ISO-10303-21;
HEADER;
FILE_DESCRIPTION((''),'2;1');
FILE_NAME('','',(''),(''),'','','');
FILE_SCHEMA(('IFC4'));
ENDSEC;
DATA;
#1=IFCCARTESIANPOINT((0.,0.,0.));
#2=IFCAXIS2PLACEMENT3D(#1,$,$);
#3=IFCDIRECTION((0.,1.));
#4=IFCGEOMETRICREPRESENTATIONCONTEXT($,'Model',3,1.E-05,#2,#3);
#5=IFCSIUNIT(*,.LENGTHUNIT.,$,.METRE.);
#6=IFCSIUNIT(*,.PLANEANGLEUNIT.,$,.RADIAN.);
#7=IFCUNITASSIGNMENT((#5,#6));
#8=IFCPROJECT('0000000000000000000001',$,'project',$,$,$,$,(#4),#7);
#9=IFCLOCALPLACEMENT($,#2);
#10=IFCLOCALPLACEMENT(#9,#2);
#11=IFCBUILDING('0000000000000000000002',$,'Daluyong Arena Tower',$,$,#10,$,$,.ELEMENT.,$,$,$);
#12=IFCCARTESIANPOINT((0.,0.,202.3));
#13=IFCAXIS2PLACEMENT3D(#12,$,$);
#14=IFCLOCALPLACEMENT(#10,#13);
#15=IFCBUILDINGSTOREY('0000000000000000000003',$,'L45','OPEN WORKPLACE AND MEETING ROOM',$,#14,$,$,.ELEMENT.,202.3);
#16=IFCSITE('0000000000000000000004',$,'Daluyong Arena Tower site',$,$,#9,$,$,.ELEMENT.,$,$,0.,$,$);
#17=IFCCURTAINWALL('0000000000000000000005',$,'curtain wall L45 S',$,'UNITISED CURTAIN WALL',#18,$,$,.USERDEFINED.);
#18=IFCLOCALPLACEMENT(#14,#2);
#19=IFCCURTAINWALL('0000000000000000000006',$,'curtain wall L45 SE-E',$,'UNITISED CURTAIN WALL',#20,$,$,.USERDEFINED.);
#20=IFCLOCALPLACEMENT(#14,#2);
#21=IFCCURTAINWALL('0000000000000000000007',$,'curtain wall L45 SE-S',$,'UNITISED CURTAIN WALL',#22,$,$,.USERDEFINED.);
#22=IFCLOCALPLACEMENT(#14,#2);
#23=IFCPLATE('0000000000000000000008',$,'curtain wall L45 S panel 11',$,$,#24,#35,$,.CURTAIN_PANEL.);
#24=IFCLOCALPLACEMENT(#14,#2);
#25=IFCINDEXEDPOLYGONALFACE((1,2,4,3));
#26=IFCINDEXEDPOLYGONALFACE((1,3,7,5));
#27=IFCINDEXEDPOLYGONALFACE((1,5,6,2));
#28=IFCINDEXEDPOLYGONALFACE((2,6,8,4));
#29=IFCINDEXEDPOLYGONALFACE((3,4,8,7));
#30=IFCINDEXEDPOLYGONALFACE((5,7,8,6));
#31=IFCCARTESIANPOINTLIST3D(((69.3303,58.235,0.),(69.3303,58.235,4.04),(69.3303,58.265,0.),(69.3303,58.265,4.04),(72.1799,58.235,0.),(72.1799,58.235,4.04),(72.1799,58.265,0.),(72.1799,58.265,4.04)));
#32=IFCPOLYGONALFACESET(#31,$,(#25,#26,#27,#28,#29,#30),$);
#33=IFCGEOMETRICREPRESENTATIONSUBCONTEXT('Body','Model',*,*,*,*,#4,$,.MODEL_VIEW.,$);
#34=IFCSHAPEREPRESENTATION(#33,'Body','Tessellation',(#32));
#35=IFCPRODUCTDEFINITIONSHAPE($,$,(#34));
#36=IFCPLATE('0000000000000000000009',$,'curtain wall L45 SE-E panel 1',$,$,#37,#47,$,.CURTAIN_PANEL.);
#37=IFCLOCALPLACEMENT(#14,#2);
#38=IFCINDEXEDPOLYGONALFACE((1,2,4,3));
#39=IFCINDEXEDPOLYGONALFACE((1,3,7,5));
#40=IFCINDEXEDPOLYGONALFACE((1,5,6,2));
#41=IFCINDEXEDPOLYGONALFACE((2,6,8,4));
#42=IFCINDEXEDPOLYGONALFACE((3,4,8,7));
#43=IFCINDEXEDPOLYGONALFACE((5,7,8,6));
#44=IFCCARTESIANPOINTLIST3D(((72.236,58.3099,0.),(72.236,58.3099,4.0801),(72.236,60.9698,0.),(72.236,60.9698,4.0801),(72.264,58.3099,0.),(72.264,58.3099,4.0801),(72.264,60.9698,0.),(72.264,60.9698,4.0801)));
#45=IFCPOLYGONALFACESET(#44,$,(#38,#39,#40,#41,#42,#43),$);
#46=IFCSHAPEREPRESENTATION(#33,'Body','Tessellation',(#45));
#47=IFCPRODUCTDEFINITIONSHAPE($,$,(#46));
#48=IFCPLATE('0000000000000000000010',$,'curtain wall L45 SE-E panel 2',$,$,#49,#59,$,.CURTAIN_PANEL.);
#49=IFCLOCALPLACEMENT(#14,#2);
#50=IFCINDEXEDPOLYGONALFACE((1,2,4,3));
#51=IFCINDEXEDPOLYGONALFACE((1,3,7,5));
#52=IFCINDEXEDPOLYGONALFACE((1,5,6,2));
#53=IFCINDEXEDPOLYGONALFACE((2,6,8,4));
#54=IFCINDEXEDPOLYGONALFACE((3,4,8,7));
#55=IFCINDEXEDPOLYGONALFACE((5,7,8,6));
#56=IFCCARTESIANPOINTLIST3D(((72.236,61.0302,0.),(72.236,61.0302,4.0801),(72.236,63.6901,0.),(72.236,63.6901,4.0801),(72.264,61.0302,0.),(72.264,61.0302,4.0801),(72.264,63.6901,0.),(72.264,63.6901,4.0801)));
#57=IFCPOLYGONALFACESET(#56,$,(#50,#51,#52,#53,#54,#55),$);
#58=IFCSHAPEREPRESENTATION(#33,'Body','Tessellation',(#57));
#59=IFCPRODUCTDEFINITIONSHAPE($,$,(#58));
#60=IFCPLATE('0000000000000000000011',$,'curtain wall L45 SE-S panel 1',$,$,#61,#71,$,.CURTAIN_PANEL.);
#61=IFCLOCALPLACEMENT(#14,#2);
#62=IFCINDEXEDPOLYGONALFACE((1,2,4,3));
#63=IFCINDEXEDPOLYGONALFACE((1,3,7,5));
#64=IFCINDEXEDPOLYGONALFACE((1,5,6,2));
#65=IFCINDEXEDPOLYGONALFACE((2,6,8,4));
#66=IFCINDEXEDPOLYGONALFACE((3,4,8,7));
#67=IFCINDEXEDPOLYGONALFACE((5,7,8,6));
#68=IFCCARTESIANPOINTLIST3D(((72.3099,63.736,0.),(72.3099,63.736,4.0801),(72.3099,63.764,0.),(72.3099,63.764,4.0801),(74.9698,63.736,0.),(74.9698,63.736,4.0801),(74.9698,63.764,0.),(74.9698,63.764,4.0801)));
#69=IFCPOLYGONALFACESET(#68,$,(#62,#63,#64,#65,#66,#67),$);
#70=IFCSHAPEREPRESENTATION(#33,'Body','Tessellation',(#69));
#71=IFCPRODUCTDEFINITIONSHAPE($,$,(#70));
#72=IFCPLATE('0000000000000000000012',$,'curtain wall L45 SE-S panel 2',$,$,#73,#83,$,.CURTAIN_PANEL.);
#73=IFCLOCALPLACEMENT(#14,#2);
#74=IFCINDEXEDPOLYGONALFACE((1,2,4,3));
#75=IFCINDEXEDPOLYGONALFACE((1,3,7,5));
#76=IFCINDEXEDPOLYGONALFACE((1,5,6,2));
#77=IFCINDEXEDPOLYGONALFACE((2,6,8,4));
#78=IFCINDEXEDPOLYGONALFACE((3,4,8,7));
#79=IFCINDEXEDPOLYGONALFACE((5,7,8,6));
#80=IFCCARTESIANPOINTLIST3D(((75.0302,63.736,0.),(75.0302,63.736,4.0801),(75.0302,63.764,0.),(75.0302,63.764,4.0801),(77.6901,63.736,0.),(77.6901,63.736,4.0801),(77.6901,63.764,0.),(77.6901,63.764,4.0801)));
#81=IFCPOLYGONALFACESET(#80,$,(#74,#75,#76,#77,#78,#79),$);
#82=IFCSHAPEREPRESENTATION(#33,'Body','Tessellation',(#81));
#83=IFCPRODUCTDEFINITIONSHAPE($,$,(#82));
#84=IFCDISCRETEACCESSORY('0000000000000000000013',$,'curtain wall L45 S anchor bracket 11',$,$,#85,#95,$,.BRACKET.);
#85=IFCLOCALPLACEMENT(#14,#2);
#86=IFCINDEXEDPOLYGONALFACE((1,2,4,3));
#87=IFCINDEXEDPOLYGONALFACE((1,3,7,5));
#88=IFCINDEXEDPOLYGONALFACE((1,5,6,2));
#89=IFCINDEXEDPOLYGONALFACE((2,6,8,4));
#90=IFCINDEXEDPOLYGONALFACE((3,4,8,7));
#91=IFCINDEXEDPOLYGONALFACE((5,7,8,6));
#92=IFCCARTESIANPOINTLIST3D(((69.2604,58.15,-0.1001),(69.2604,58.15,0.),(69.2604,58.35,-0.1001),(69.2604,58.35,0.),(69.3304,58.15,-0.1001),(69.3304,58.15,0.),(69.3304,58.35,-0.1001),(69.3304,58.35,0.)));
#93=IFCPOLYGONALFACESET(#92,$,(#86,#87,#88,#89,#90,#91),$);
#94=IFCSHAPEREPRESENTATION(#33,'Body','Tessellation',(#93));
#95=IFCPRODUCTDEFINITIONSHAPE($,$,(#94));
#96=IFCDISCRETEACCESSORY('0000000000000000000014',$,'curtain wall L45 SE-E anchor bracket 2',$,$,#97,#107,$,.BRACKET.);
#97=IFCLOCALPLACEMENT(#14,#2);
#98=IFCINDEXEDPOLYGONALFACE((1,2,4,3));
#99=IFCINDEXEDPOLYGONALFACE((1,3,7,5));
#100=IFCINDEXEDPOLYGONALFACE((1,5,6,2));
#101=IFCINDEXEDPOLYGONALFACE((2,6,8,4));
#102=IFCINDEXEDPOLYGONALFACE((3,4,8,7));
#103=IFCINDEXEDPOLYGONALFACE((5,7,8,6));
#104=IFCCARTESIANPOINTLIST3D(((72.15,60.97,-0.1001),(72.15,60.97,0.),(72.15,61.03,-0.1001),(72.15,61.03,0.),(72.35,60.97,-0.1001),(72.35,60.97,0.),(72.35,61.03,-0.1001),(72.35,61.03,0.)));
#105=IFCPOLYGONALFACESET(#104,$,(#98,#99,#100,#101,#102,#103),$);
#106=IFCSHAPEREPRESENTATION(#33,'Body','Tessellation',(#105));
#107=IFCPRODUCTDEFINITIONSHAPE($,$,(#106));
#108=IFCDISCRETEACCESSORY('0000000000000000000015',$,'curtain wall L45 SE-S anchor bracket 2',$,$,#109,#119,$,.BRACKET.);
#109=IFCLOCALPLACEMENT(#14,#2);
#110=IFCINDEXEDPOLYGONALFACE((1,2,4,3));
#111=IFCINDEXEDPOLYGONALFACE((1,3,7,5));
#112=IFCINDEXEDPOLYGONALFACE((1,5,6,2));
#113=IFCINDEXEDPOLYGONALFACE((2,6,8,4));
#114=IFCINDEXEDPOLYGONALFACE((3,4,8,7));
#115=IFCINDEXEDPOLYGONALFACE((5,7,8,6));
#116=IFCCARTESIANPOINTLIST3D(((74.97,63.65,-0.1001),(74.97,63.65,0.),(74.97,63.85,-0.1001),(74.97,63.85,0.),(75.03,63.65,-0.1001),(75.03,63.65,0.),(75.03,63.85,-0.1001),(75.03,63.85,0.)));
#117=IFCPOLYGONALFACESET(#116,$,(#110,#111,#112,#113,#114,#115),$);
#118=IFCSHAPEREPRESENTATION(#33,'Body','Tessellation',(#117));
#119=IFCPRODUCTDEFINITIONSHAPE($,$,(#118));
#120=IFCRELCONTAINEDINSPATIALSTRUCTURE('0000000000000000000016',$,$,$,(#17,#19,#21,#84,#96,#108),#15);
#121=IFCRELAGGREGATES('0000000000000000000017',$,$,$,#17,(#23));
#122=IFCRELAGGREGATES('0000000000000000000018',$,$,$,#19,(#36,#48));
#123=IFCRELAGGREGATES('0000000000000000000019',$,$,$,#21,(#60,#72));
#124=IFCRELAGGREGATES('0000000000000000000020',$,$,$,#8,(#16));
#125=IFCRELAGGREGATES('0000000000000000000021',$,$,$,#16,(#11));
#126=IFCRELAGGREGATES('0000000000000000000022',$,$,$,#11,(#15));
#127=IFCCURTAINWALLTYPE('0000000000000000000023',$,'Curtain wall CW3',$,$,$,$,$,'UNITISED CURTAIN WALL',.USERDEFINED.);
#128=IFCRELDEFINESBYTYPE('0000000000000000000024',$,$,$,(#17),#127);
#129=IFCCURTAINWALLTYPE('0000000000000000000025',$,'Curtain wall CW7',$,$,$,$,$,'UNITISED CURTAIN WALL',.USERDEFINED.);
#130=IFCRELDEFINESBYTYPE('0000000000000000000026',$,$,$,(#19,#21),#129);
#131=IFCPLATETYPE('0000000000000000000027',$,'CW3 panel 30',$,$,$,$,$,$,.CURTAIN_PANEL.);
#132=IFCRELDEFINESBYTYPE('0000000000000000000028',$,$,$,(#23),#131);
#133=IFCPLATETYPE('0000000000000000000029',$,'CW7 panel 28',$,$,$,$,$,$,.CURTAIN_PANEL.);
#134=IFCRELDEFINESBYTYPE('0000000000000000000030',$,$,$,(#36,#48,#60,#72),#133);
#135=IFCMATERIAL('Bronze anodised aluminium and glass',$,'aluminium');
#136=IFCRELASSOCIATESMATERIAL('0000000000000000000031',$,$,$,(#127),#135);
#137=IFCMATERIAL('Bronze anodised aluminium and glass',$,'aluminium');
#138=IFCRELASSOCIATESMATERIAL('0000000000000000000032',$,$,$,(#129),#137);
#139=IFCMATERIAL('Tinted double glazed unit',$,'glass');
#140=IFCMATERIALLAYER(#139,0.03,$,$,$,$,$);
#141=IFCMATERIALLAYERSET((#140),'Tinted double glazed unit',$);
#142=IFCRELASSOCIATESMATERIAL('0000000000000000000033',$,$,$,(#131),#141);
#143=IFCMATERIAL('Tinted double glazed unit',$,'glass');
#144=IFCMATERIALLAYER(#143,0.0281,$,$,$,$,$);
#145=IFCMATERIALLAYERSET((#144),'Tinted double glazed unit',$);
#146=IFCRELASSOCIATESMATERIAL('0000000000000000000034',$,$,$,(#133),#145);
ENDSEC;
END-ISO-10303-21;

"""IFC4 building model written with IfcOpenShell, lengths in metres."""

from ifc_helpers import new_model, si_unit, direction, frame, origin, origin_2d, place, context, subcontext, project, spatial, rectangle, extrude, material, layer, layer_set, type_object, element, aggregate, save


model = new_model("IFC4")

# Units and contexts
model_context = context("Model", 3, precision=1e-05, world=origin(), true_north=direction((0.0, 1.0)))
body_context = subcontext(model_context, "Body", "Model", "MODEL_VIEW")
ifc_project = project(units=[si_unit("LENGTHUNIT", "METRE"), si_unit("PLANEANGLEUNIT", "RADIAN")], contexts=[model_context])

# Site, building, storey
site_placement = place(None, origin())
site = spatial("IfcSite", under=ifc_project, at=site_placement, Name="Daluyong Arena Tower site", CompositionType="ELEMENT", RefElevation=0.0)
building_placement = place(site_placement, origin())
building = spatial("IfcBuilding", under=site, at=building_placement, Name="Daluyong Arena Tower", CompositionType="ELEMENT")
storey_placement = place(building_placement, frame((0.0, 0.0, 202.3)))
storey = spatial("IfcBuildingStorey", under=building, at=storey_placement, Name="L45", Description="OPEN WORKPLACE AND MEETING ROOM", CompositionType="ELEMENT", Elevation=202.3)

# Curtain wall
ifc_material_1 = material(Name="Bronze anodised aluminium and glass", Category="aluminium")
curtain_wall_type_1 = type_object("IfcCurtainWallType", Name="Curtain wall CW3", ElementType="UNITISED CURTAIN WALL", PredefinedType="USERDEFINED", material=ifc_material_1)
curtain_wall_1_placement = place(storey_placement, origin())
curtain_wall_1 = element("IfcCurtainWall", 1, at=curtain_wall_1_placement, inside=storey, type_object=curtain_wall_type_1, Name="curtain wall L45 S", ObjectType="UNITISED CURTAIN WALL", PredefinedType="USERDEFINED")

# Curtain walls
ifc_material_2 = material(Name="Bronze anodised aluminium and glass", Category="aluminium")
curtain_wall_type_2 = type_object("IfcCurtainWallType", Name="Curtain wall CW7", ElementType="UNITISED CURTAIN WALL", PredefinedType="USERDEFINED", material=ifc_material_2)
curtain_wall_2_placement = place(storey_placement, origin())
curtain_wall_2 = element("IfcCurtainWall", 2, at=curtain_wall_2_placement, inside=storey, type_object=curtain_wall_type_2, Name="curtain wall L45 SE-E", ObjectType="UNITISED CURTAIN WALL", PredefinedType="USERDEFINED")
curtain_wall_3_placement = place(storey_placement, origin())
curtain_wall_3 = element("IfcCurtainWall", 3, at=curtain_wall_3_placement, inside=storey, type_object=curtain_wall_type_2, Name="curtain wall L45 SE-S", ObjectType="UNITISED CURTAIN WALL", PredefinedType="USERDEFINED")

# Plates
ifc_material_3 = material(Name="Tinted double glazed unit", Category="glass")
ifc_layer_1 = layer(ifc_material_3, 0.03)
ifc_layer_set_1 = layer_set([ifc_layer_1], Name="Tinted double glazed unit")
plate_type_1 = type_object("IfcPlateType", Name="CW3 panel 30", PredefinedType="CURTAIN_PANEL", material=ifc_layer_set_1)
plate_1_placement = place(storey_placement, frame((70.7551, 58.25, 0.0), z_axis=(0.0, 0.0, 1.0), x_axis=(1.0, 0.0, 0.0)))
plate_1 = element("IfcPlate", 4, at=plate_1_placement, type_object=plate_type_1, Name="curtain wall L45 S panel 11", PredefinedType="CURTAIN_PANEL", context=body_context, shape_type="SweptSolid", body=[
    extrude(rectangle(XDim=2.8496, YDim=0.03, at=origin_2d()), origin(), (0.0, 0.0, 1.0), 4.04),
])
aggregate(curtain_wall_1, [plate_1])
ifc_material_4 = material(Name="Tinted double glazed unit", Category="glass")
ifc_layer_2 = layer(ifc_material_4, 0.0281)
ifc_layer_set_2 = layer_set([ifc_layer_2], Name="Tinted double glazed unit")
plate_type_2 = type_object("IfcPlateType", Name="CW7 panel 28", PredefinedType="CURTAIN_PANEL", material=ifc_layer_set_2)
plate_2_placement = place(storey_placement, frame((72.25, 59.6399, 0.0), z_axis=(0.0, 0.0, 1.0), x_axis=(0.0, 1.0, 0.0)))
plate_2 = element("IfcPlate", 5, at=plate_2_placement, type_object=plate_type_2, Name="curtain wall L45 SE-E panel 1", PredefinedType="CURTAIN_PANEL", context=body_context, shape_type="SweptSolid", body=[
    extrude(rectangle(XDim=2.6599, YDim=0.0281, at=origin_2d()), origin(), (0.0, 0.0, 1.0), 4.0801),
])
plate_3_placement = place(storey_placement, frame((72.25, 62.3601, 0.0), z_axis=(0.0, 0.0, 1.0), x_axis=(0.0, 1.0, 0.0)))
plate_3 = element("IfcPlate", 6, at=plate_3_placement, type_object=plate_type_2, Name="curtain wall L45 SE-E panel 2", PredefinedType="CURTAIN_PANEL", context=body_context, shape_type="SweptSolid", body=[
    extrude(rectangle(XDim=2.6599, YDim=0.0281, at=origin_2d()), origin(), (0.0, 0.0, 1.0), 4.0801),
])
aggregate(curtain_wall_2, [plate_2, plate_3])
plate_4_placement = place(storey_placement, frame((73.6399, 63.75, 0.0), z_axis=(0.0, 0.0, 1.0), x_axis=(1.0, 0.0, 0.0)))
plate_4 = element("IfcPlate", 7, at=plate_4_placement, type_object=plate_type_2, Name="curtain wall L45 SE-S panel 1", PredefinedType="CURTAIN_PANEL", context=body_context, shape_type="SweptSolid", body=[
    extrude(rectangle(XDim=2.6599, YDim=0.0281, at=origin_2d()), origin(), (0.0, 0.0, 1.0), 4.0801),
])
plate_5_placement = place(storey_placement, frame((76.3601, 63.75, 0.0), z_axis=(0.0, 0.0, 1.0), x_axis=(1.0, 0.0, 0.0)))
plate_5 = element("IfcPlate", 8, at=plate_5_placement, type_object=plate_type_2, Name="curtain wall L45 SE-S panel 2", PredefinedType="CURTAIN_PANEL", context=body_context, shape_type="SweptSolid", body=[
    extrude(rectangle(XDim=2.6599, YDim=0.0281, at=origin_2d()), origin(), (0.0, 0.0, 1.0), 4.0801),
])
aggregate(curtain_wall_3, [plate_4, plate_5])

# Discrete accessories
discrete_accessory_placement = place(storey_placement, frame((69.2954, 58.25, -0.1001), z_axis=(0.0, 0.0, 1.0), x_axis=(1.0, 0.0, 0.0)))
element("IfcDiscreteAccessory", 9, at=discrete_accessory_placement, inside=storey, Name="curtain wall L45 S anchor bracket 11", PredefinedType="BRACKET", context=body_context, shape_type="SweptSolid", body=[
    extrude(rectangle(XDim=0.0701, YDim=0.2, at=origin_2d()), origin(), (0.0, 0.0, 1.0), 0.1001),
])
for number, where, z_axis, x_axis, name in (
    (10, (72.25, 61.0, -0.1001), (0.0, 0.0, 1.0), (0.0, 1.0, 0.0), "curtain wall L45 SE-E anchor bracket 2"),
    (11, (75.0, 63.75, -0.1001), (0.0, 0.0, 1.0), (1.0, 0.0, 0.0), "curtain wall L45 SE-S anchor bracket 2"),
):
    element("IfcDiscreteAccessory", number, at=place(storey_placement, frame(where, z_axis=z_axis, x_axis=x_axis)), inside=storey, Name=name, PredefinedType="BRACKET", context=body_context, shape_type="SweptSolid", body=[
        extrude(rectangle(XDim=0.0601, YDim=0.2, at=origin_2d()), origin(), (0.0, 0.0, 1.0), 0.1001),
    ])

save(model, "model.ifc")
